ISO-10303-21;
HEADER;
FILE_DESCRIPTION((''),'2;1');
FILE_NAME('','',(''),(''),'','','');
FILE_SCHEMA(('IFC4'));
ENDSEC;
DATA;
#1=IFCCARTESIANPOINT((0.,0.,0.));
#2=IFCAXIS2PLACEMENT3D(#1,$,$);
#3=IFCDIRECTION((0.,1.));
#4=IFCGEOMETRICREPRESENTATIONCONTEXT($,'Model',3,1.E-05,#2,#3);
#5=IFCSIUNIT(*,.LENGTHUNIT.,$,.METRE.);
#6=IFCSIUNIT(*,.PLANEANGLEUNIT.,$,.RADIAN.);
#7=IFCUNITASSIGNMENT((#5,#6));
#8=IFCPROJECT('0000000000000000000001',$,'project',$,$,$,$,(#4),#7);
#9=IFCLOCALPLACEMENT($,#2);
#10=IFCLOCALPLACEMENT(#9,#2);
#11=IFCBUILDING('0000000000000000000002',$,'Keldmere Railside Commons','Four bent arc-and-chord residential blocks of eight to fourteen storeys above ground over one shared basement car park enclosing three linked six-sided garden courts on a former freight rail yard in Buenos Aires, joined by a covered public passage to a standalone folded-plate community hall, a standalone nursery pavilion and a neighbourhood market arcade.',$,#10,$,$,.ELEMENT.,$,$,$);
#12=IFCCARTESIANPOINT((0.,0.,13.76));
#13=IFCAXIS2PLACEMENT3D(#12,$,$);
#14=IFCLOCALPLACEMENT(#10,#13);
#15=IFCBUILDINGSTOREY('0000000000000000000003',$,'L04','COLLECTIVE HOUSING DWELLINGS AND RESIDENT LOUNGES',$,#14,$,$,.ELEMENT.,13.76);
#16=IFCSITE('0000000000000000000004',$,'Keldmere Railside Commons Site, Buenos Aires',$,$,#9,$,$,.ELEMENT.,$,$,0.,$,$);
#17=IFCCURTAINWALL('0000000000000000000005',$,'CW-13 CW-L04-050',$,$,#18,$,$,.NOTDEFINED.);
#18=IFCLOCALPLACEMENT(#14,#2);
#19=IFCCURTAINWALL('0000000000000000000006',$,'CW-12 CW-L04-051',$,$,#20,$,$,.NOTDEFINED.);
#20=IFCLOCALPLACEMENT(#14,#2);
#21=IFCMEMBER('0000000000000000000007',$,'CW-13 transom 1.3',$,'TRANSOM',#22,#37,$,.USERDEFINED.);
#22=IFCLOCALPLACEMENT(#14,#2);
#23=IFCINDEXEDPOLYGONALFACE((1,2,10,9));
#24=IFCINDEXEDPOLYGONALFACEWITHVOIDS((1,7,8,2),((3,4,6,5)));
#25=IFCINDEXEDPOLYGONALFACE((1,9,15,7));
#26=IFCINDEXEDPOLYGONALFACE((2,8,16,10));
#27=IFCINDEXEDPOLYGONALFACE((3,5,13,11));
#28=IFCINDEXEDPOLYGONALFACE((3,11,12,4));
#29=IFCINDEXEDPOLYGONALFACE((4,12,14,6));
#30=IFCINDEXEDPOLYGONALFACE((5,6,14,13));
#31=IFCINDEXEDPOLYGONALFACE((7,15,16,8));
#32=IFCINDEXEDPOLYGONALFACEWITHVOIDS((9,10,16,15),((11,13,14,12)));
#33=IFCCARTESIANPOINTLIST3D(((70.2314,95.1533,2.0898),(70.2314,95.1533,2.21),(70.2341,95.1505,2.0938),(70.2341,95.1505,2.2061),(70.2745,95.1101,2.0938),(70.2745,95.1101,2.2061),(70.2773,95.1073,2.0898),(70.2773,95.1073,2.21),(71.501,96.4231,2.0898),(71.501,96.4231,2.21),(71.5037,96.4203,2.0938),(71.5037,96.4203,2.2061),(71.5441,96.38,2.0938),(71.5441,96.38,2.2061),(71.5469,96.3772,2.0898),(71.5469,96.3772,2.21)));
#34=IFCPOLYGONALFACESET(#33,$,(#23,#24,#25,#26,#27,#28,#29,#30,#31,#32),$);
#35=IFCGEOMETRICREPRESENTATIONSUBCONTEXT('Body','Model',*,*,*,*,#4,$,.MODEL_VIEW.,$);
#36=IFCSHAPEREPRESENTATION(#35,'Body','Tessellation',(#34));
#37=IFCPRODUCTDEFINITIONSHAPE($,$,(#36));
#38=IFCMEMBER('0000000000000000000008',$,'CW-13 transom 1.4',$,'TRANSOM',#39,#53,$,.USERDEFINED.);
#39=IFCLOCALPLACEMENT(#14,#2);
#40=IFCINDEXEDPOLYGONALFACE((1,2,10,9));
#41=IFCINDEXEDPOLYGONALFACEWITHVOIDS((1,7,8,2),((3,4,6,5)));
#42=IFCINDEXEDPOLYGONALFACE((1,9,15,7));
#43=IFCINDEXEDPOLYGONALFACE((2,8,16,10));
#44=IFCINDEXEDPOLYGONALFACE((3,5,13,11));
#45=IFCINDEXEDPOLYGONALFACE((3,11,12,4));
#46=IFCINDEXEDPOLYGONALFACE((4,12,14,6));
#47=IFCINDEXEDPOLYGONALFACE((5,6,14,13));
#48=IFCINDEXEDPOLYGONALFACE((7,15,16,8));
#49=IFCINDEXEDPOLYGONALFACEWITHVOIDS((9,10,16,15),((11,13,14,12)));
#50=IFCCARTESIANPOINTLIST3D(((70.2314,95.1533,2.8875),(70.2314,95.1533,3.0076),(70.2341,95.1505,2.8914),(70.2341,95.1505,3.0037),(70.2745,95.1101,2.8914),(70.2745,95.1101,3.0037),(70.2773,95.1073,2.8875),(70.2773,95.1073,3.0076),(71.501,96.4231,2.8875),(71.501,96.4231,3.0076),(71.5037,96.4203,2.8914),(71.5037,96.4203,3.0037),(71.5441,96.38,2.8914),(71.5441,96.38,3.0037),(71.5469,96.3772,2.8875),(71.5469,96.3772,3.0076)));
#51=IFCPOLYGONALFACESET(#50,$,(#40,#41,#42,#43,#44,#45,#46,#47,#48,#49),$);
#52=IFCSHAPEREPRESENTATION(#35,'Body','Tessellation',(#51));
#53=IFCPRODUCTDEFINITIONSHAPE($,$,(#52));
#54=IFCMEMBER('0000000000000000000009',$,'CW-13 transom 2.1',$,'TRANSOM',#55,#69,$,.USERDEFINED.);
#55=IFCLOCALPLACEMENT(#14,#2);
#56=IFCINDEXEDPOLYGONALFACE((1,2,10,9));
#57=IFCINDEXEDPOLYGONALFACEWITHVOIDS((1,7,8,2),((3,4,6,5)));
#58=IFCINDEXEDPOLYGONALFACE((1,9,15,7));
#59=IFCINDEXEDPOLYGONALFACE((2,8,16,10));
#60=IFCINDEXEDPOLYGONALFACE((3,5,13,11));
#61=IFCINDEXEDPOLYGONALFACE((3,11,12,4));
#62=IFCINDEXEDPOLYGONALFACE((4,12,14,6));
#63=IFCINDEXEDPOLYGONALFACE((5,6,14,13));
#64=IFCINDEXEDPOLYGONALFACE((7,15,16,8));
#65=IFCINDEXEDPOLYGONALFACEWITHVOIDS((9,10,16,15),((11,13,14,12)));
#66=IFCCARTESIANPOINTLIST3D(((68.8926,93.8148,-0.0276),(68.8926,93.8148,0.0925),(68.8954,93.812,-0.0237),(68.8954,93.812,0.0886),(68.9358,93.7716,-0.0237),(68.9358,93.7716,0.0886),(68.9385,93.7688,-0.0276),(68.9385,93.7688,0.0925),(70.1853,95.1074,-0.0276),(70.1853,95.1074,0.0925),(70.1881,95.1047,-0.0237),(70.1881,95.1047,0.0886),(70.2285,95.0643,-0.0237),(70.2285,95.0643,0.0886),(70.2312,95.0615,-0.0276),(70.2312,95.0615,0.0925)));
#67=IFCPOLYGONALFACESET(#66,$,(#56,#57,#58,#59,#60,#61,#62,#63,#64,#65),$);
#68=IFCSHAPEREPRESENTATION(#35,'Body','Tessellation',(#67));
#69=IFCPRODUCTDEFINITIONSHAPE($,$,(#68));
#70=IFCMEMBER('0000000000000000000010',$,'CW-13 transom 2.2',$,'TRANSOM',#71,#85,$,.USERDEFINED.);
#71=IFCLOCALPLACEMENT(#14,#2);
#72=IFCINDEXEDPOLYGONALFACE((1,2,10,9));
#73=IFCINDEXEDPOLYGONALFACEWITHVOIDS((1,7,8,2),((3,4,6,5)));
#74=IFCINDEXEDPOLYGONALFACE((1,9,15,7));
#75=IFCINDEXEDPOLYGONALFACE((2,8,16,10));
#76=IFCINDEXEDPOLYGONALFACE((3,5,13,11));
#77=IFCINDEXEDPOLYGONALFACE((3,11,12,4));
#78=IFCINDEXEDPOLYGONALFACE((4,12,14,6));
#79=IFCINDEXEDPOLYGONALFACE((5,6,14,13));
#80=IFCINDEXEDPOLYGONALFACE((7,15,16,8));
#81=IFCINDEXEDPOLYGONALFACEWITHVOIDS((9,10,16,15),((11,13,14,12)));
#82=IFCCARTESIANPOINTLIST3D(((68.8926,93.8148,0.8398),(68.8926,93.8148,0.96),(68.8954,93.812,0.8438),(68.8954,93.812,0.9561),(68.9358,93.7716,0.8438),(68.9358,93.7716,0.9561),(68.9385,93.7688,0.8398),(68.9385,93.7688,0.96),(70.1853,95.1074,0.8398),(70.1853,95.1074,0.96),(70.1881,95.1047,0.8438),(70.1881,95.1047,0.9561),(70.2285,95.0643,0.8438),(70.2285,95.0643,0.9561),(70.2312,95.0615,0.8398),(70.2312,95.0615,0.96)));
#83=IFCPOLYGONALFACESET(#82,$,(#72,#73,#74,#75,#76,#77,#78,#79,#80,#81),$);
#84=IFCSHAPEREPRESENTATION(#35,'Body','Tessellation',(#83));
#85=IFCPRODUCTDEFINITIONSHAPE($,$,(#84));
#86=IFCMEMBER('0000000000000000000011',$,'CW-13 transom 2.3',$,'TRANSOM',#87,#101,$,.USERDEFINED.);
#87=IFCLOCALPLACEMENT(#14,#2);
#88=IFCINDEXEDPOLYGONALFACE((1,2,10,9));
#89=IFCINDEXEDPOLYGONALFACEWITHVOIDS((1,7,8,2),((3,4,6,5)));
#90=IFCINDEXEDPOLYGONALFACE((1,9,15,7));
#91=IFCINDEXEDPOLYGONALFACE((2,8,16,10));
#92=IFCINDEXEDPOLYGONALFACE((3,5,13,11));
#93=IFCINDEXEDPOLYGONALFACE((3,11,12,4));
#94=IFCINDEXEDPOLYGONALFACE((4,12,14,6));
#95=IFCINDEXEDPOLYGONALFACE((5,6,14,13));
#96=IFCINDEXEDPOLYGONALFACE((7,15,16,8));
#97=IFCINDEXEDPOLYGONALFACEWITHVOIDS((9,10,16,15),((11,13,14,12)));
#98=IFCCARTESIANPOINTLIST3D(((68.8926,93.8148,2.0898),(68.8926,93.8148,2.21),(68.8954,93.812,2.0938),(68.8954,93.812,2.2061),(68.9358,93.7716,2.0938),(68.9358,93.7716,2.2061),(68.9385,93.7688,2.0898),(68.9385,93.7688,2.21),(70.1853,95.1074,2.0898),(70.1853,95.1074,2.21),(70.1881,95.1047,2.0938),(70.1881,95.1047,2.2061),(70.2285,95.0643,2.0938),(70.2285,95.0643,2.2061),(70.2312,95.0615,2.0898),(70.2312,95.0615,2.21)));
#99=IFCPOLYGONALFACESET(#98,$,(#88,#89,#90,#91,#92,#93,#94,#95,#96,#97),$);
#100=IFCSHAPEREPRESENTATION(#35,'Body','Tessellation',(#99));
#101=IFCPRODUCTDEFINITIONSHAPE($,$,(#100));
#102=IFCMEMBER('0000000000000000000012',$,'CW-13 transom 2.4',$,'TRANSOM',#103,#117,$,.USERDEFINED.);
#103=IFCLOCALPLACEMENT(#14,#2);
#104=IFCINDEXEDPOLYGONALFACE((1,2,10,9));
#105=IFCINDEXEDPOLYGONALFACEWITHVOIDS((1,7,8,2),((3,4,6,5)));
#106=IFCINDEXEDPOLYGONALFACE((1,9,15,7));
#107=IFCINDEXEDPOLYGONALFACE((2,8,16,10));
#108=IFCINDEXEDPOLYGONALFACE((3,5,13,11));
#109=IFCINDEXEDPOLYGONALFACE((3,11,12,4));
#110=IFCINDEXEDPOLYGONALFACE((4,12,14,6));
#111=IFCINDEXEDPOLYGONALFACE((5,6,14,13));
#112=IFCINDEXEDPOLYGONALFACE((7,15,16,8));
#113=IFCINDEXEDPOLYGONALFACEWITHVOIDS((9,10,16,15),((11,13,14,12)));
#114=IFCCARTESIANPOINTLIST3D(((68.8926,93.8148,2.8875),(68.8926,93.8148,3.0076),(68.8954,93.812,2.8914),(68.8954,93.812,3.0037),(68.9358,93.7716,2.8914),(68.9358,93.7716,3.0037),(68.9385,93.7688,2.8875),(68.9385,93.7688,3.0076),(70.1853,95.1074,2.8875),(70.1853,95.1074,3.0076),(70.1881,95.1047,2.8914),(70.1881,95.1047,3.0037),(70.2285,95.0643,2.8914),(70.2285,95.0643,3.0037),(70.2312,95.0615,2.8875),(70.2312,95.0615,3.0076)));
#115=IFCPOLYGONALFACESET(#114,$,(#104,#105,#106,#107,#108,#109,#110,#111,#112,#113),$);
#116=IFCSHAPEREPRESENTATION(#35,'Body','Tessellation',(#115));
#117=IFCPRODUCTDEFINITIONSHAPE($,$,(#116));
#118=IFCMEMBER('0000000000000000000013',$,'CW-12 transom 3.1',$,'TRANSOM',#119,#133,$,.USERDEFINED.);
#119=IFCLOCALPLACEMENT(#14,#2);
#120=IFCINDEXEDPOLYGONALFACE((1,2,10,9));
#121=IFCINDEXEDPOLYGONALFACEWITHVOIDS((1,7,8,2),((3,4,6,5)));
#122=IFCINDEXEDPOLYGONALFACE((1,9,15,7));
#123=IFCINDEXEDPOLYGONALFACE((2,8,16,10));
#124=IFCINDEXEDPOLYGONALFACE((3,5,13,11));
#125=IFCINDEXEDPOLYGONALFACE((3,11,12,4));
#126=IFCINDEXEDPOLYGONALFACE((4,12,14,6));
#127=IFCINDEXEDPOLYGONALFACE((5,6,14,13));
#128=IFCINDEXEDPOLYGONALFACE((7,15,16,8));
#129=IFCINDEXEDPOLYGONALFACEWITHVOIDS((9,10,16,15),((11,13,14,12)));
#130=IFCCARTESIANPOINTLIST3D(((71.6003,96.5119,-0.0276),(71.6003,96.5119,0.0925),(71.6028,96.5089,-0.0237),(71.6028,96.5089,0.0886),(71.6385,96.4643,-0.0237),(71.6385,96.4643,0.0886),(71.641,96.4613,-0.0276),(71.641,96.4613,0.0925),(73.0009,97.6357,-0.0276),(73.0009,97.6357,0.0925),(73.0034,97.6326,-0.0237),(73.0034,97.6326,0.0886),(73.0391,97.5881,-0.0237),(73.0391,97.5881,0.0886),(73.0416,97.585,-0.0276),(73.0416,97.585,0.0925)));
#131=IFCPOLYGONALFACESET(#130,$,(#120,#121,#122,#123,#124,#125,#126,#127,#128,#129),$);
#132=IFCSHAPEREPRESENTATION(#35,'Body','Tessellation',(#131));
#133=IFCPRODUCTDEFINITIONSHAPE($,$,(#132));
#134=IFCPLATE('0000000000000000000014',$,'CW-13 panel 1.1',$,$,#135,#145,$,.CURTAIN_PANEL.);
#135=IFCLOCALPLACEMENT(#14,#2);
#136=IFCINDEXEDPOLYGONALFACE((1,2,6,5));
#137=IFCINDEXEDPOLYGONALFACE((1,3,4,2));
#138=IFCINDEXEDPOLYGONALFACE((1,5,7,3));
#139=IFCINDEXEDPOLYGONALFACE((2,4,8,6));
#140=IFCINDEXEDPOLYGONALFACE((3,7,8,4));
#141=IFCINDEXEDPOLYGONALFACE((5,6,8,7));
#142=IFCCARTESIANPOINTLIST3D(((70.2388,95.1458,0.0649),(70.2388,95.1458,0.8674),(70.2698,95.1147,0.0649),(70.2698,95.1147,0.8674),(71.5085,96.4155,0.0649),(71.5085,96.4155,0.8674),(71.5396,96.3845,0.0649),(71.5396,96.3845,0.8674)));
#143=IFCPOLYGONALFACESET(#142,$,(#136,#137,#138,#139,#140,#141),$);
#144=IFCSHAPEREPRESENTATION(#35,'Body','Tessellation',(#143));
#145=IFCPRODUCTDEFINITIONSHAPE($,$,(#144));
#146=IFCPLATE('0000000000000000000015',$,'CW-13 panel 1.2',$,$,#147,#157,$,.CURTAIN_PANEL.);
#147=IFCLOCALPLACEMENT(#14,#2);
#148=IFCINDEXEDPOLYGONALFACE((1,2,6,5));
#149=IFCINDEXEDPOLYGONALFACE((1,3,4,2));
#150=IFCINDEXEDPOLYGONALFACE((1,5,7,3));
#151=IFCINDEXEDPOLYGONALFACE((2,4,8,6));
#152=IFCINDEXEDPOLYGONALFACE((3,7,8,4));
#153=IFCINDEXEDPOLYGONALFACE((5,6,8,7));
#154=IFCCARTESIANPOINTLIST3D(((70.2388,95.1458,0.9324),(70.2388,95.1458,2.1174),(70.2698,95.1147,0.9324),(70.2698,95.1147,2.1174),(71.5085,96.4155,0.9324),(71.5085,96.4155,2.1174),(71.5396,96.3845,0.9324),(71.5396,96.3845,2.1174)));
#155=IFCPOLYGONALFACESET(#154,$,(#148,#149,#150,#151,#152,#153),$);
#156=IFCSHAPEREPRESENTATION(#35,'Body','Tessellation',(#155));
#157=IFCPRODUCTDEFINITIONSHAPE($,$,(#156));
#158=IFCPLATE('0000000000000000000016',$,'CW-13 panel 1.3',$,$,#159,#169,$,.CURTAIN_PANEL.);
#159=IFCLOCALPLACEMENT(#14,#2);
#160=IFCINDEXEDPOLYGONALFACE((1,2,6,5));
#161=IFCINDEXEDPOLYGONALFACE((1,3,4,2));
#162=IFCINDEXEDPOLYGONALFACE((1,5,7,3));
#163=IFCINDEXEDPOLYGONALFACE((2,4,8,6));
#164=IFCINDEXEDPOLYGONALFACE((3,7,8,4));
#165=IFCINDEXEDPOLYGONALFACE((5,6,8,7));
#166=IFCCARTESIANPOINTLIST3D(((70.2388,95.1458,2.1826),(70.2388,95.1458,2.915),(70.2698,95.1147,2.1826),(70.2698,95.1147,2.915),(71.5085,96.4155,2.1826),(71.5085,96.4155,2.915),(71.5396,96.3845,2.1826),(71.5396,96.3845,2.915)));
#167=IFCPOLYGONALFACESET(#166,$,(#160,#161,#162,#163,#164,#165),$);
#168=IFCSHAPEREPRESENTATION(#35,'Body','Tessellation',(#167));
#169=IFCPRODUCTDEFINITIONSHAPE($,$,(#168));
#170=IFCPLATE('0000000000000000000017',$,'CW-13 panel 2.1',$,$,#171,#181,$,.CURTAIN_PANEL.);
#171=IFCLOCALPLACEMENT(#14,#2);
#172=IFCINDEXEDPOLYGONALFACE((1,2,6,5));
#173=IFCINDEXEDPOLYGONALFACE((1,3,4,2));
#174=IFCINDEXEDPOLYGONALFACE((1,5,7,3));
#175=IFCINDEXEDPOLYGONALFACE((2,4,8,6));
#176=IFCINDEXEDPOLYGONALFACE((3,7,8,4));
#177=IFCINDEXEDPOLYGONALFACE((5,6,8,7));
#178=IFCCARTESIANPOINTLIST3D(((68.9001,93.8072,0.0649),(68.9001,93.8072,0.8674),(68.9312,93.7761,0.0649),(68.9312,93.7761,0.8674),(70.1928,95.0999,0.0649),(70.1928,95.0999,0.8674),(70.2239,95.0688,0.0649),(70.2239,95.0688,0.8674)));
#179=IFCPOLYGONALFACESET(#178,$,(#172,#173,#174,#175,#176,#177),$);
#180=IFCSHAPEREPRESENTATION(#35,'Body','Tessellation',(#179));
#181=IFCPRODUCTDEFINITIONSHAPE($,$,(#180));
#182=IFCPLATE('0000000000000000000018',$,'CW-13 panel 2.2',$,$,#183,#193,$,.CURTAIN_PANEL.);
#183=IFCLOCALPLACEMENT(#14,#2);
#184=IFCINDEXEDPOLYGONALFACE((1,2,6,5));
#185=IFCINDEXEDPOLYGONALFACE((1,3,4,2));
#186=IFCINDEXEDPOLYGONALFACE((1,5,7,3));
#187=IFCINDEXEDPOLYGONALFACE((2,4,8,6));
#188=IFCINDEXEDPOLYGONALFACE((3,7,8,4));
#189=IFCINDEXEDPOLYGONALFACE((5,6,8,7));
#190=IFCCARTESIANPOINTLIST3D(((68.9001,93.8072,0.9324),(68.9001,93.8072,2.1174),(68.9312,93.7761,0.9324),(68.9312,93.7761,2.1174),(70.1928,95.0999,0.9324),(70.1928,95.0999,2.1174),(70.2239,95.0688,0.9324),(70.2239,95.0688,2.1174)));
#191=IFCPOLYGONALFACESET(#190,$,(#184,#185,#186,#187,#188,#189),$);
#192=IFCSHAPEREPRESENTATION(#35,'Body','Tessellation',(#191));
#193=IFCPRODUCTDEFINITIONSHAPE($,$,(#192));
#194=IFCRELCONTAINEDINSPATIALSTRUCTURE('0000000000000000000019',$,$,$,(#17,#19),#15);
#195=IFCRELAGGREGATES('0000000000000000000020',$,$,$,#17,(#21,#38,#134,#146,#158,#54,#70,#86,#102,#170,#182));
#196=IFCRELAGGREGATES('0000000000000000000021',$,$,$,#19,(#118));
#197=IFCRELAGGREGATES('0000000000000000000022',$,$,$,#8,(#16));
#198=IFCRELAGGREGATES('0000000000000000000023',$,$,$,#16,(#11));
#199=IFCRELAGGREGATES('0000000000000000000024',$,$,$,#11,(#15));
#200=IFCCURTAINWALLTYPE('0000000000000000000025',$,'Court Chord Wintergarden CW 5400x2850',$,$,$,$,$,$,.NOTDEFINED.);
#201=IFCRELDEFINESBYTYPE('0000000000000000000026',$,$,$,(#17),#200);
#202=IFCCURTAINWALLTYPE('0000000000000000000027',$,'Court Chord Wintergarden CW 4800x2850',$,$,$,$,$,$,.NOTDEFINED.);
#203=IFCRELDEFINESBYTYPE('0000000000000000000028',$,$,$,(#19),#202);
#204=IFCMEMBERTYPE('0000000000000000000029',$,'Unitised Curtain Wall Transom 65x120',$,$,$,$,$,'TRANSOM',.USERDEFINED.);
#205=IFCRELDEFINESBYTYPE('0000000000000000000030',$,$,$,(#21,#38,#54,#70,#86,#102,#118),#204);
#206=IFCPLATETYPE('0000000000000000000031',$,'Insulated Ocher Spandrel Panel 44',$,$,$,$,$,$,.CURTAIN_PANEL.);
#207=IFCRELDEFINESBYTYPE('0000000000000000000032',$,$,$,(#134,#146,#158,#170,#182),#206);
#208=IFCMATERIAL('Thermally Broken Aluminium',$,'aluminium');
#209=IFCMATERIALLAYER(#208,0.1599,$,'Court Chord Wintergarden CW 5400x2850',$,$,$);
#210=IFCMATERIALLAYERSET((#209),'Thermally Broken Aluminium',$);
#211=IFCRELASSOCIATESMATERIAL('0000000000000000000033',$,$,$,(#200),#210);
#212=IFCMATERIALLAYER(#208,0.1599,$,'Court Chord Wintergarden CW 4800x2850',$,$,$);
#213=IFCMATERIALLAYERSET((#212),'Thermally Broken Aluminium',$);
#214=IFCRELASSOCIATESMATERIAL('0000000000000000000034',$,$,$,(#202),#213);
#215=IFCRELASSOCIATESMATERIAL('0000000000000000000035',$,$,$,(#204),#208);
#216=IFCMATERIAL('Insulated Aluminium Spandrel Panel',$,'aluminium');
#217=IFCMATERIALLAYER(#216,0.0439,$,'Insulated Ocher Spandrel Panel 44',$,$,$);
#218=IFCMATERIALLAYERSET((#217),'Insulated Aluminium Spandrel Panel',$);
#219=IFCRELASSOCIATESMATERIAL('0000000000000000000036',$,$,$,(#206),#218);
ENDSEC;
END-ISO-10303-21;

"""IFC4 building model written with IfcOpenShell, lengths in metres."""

from ifc_helpers import new_model, si_unit, direction, frame, origin, origin_2d, place, context, subcontext, project, spatial, rectangle, hollow_rectangle, extrude, material, layer, layer_set, material_profile, profile_set, type_object, element, aggregate, save


model = new_model("IFC4")

# Units and contexts
model_context = context("Model", 3, precision=1e-05, world=origin(), true_north=direction((0.0, 1.0)))
body_context = subcontext(model_context, "Body", "Model", "MODEL_VIEW")
ifc_project = project(units=[si_unit("LENGTHUNIT", "METRE"), si_unit("PLANEANGLEUNIT", "RADIAN")], contexts=[model_context])

# Site, building, storey
site_placement = place(None, origin())
site = spatial("IfcSite", under=ifc_project, at=site_placement, Name="Keldmere Railside Commons Site, Buenos Aires", CompositionType="ELEMENT", RefElevation=0.0)
building_placement = place(site_placement, origin())
building = spatial("IfcBuilding", under=site, at=building_placement, Name="Keldmere Railside Commons", Description="Four bent arc-and-chord residential blocks of eight to fourteen storeys above ground over one shared basement car park enclosing three linked six-sided garden courts on a former freight rail yard in Buenos Aires, joined by a covered public passage to a standalone folded-plate community hall, a standalone nursery pavilion and a neighbourhood market arcade.", CompositionType="ELEMENT")
storey_placement = place(building_placement, frame((0.0, 0.0, 13.76)))
storey = spatial("IfcBuildingStorey", under=building, at=storey_placement, Name="L04", Description="COLLECTIVE HOUSING DWELLINGS AND RESIDENT LOUNGES", CompositionType="ELEMENT", Elevation=13.76)

# Curtain wall
ifc_material_1 = material(Name="Thermally Broken Aluminium", Category="aluminium")
ifc_layer_1 = layer(ifc_material_1, 0.1599, Name="Court Chord Wintergarden CW 5400x2850")
ifc_layer_set_1 = layer_set([ifc_layer_1], Name="Thermally Broken Aluminium")
curtain_wall_type_1 = type_object("IfcCurtainWallType", Name="Court Chord Wintergarden CW 5400x2850", PredefinedType="NOTDEFINED", material=ifc_layer_set_1)
curtain_wall_1_placement = place(storey_placement, origin())
curtain_wall_1 = element("IfcCurtainWall", 1, at=curtain_wall_1_placement, inside=storey, type_object=curtain_wall_type_1, Name="CW-13 CW-L04-050", PredefinedType="NOTDEFINED")

# Curtain wall
ifc_layer_2 = layer(ifc_material_1, 0.1599, Name="Court Chord Wintergarden CW 4800x2850")
ifc_layer_set_2 = layer_set([ifc_layer_2], Name="Thermally Broken Aluminium")
curtain_wall_type_2 = type_object("IfcCurtainWallType", Name="Court Chord Wintergarden CW 4800x2850", PredefinedType="NOTDEFINED", material=ifc_layer_set_2)
curtain_wall_2_placement = place(storey_placement, origin())
curtain_wall_2 = element("IfcCurtainWall", 2, at=curtain_wall_2_placement, inside=storey, type_object=curtain_wall_type_2, Name="CW-12 CW-L04-051", PredefinedType="NOTDEFINED")

# Members
ifc_material_profile_1 = material_profile(ifc_material_1, hollow_rectangle(XDim=0.0649, YDim=0.1201, WallThickness=0.0039, at=origin_2d()), Name="ALU-TRAN-65x120")
ifc_profile_set_1 = profile_set([ifc_material_profile_1], Name="Thermally Broken Aluminium")
member_type_1 = type_object("IfcMemberType", Name="Unitised Curtain Wall Transom 65x120", ElementType="TRANSOM", PredefinedType="USERDEFINED", material=ifc_profile_set_1)
member_1_placement = place(storey_placement, frame((71.5239, 96.4001, 2.1499), z_axis=(-0.707039, -0.707175, 0.0), x_axis=(0.707175, -0.707039, 0.0)))
member_1 = element("IfcMember", 3, at=member_1_placement, type_object=member_type_1, Name="CW-13 transom 1.3", ObjectType="TRANSOM", PredefinedType="USERDEFINED", context=body_context, shape_type="SweptSolid", body=[
    extrude(hollow_rectangle(XDim=0.0649, YDim=0.1201, WallThickness=0.0039, at=origin_2d()), origin(), (0.0, 0.0, 1.0), 1.7957),
])
member_2_placement = place(storey_placement, frame((71.5239, 96.4001, 2.9475), z_axis=(-0.707039, -0.707175, 0.0), x_axis=(0.707175, -0.707039, 0.0)))
member_2 = element("IfcMember", 4, at=member_2_placement, type_object=member_type_1, Name="CW-13 transom 1.4", ObjectType="TRANSOM", PredefinedType="USERDEFINED", context=body_context, shape_type="SweptSolid", body=[
    extrude(hollow_rectangle(XDim=0.0649, YDim=0.1201, WallThickness=0.0039, at=origin_2d()), origin(), (0.0, 0.0, 1.0), 1.7957),
])
member_3_placement = place(storey_placement, frame((70.2083, 95.0845, 0.0325), z_axis=(-0.707107, -0.707107, 0.0), x_axis=(0.707107, -0.707107, 0.0)))
member_3 = element("IfcMember", 5, at=member_3_placement, type_object=member_type_1, Name="CW-13 transom 2.1", ObjectType="TRANSOM", PredefinedType="USERDEFINED", context=body_context, shape_type="SweptSolid", body=[
    extrude(hollow_rectangle(XDim=0.0649, YDim=0.1201, WallThickness=0.0039, at=origin_2d()), origin(), (0.0, 0.0, 1.0), 1.8281),
])
member_4_placement = place(storey_placement, frame((70.2083, 95.0845, 0.8999), z_axis=(-0.707107, -0.707107, 0.0), x_axis=(0.707107, -0.707107, 0.0)))
member_4 = element("IfcMember", 6, at=member_4_placement, type_object=member_type_1, Name="CW-13 transom 2.2", ObjectType="TRANSOM", PredefinedType="USERDEFINED", context=body_context, shape_type="SweptSolid", body=[
    extrude(hollow_rectangle(XDim=0.0649, YDim=0.1201, WallThickness=0.0039, at=origin_2d()), origin(), (0.0, 0.0, 1.0), 1.8281),
])
member_5_placement = place(storey_placement, frame((70.2083, 95.0845, 2.1499), z_axis=(-0.707107, -0.707107, 0.0), x_axis=(0.707107, -0.707107, 0.0)))
member_5 = element("IfcMember", 7, at=member_5_placement, type_object=member_type_1, Name="CW-13 transom 2.3", ObjectType="TRANSOM", PredefinedType="USERDEFINED", context=body_context, shape_type="SweptSolid", body=[
    extrude(hollow_rectangle(XDim=0.0649, YDim=0.1201, WallThickness=0.0039, at=origin_2d()), origin(), (0.0, 0.0, 1.0), 1.8281),
])
member_6_placement = place(storey_placement, frame((70.2083, 95.0845, 2.9475), z_axis=(-0.707107, -0.707107, 0.0), x_axis=(0.707107, -0.707107, 0.0)))
member_6 = element("IfcMember", 8, at=member_6_placement, type_object=member_type_1, Name="CW-13 transom 2.4", ObjectType="TRANSOM", PredefinedType="USERDEFINED", context=body_context, shape_type="SweptSolid", body=[
    extrude(hollow_rectangle(XDim=0.0649, YDim=0.1201, WallThickness=0.0039, at=origin_2d()), origin(), (0.0, 0.0, 1.0), 1.8281),
])
member_7_placement = place(storey_placement, frame((73.0212, 97.6104, 0.0325), z_axis=(-0.779979, -0.625805, 0.0), x_axis=(0.625805, -0.779979, 0.0)))
member_7 = element("IfcMember", 9, at=member_7_placement, type_object=member_type_1, Name="CW-12 transom 3.1", ObjectType="TRANSOM", PredefinedType="USERDEFINED", context=body_context, shape_type="SweptSolid", body=[
    extrude(hollow_rectangle(XDim=0.0649, YDim=0.1201, WallThickness=0.0039, at=origin_2d()), origin(), (0.0, 0.0, 1.0), 1.7957),
])

# Plates
ifc_material_2 = material(Name="Insulated Aluminium Spandrel Panel", Category="aluminium")
ifc_layer_3 = layer(ifc_material_2, 0.0439, Name="Insulated Ocher Spandrel Panel 44")
ifc_layer_set_3 = layer_set([ifc_layer_3], Name="Insulated Aluminium Spandrel Panel")
plate_type_1 = type_object("IfcPlateType", Name="Insulated Ocher Spandrel Panel 44", PredefinedType="CURTAIN_PANEL", material=ifc_layer_set_3)
plate_1_placement = place(storey_placement, frame((70.8892, 95.7651, 0.0649), z_axis=(0.0, 0.0, 1.0), x_axis=(-0.707107, -0.707107, 0.0)))
plate_1 = element("IfcPlate", 10, at=plate_1_placement, type_object=plate_type_1, Name="CW-13 panel 1.1", PredefinedType="CURTAIN_PANEL", context=body_context, shape_type="SweptSolid", body=[
    extrude(rectangle(XDim=1.7957, YDim=0.0439, at=origin_2d()), origin(), (0.0, 0.0, 1.0), 0.8025),
])
plate_2_placement = place(storey_placement, frame((70.8892, 95.7651, 0.9324), z_axis=(0.0, 0.0, 1.0), x_axis=(-0.707107, -0.707107, 0.0)))
plate_2 = element("IfcPlate", 11, at=plate_2_placement, type_object=plate_type_1, Name="CW-13 panel 1.2", PredefinedType="CURTAIN_PANEL", context=body_context, shape_type="SweptSolid", body=[
    extrude(rectangle(XDim=1.7957, YDim=0.0439, at=origin_2d()), origin(), (0.0, 0.0, 1.0), 1.1851),
])
plate_3_placement = place(storey_placement, frame((70.8892, 95.7651, 2.1826), z_axis=(0.0, 0.0, 1.0), x_axis=(-0.707107, -0.707107, 0.0)))
plate_3 = element("IfcPlate", 12, at=plate_3_placement, type_object=plate_type_1, Name="CW-13 panel 1.3", PredefinedType="CURTAIN_PANEL", context=body_context, shape_type="SweptSolid", body=[
    extrude(rectangle(XDim=1.7957, YDim=0.0439, at=origin_2d()), origin(), (0.0, 0.0, 1.0), 0.7324),
])
plate_4_placement = place(storey_placement, frame((69.562, 94.438, 0.0649), z_axis=(0.0, 0.0, 1.0), x_axis=(-0.707107, -0.707107, 0.0)))
plate_4 = element("IfcPlate", 13, at=plate_4_placement, type_object=plate_type_1, Name="CW-13 panel 2.1", PredefinedType="CURTAIN_PANEL", context=body_context, shape_type="SweptSolid", body=[
    extrude(rectangle(XDim=1.8281, YDim=0.0439, at=origin_2d()), origin(), (0.0, 0.0, 1.0), 0.8025),
])
plate_5_placement = place(storey_placement, frame((69.562, 94.438, 0.9324), z_axis=(0.0, 0.0, 1.0), x_axis=(-0.707107, -0.707107, 0.0)))
plate_5 = element("IfcPlate", 14, at=plate_5_placement, type_object=plate_type_1, Name="CW-13 panel 2.2", PredefinedType="CURTAIN_PANEL", context=body_context, shape_type="SweptSolid", body=[
    extrude(rectangle(XDim=1.8281, YDim=0.0439, at=origin_2d()), origin(), (0.0, 0.0, 1.0), 1.1851),
])
aggregate(curtain_wall_1, [member_1, member_2, plate_1, plate_2, plate_3, member_3, member_4, member_5, member_6, plate_4, plate_5])
aggregate(curtain_wall_2, [member_7])

save(model, "model.ifc")
